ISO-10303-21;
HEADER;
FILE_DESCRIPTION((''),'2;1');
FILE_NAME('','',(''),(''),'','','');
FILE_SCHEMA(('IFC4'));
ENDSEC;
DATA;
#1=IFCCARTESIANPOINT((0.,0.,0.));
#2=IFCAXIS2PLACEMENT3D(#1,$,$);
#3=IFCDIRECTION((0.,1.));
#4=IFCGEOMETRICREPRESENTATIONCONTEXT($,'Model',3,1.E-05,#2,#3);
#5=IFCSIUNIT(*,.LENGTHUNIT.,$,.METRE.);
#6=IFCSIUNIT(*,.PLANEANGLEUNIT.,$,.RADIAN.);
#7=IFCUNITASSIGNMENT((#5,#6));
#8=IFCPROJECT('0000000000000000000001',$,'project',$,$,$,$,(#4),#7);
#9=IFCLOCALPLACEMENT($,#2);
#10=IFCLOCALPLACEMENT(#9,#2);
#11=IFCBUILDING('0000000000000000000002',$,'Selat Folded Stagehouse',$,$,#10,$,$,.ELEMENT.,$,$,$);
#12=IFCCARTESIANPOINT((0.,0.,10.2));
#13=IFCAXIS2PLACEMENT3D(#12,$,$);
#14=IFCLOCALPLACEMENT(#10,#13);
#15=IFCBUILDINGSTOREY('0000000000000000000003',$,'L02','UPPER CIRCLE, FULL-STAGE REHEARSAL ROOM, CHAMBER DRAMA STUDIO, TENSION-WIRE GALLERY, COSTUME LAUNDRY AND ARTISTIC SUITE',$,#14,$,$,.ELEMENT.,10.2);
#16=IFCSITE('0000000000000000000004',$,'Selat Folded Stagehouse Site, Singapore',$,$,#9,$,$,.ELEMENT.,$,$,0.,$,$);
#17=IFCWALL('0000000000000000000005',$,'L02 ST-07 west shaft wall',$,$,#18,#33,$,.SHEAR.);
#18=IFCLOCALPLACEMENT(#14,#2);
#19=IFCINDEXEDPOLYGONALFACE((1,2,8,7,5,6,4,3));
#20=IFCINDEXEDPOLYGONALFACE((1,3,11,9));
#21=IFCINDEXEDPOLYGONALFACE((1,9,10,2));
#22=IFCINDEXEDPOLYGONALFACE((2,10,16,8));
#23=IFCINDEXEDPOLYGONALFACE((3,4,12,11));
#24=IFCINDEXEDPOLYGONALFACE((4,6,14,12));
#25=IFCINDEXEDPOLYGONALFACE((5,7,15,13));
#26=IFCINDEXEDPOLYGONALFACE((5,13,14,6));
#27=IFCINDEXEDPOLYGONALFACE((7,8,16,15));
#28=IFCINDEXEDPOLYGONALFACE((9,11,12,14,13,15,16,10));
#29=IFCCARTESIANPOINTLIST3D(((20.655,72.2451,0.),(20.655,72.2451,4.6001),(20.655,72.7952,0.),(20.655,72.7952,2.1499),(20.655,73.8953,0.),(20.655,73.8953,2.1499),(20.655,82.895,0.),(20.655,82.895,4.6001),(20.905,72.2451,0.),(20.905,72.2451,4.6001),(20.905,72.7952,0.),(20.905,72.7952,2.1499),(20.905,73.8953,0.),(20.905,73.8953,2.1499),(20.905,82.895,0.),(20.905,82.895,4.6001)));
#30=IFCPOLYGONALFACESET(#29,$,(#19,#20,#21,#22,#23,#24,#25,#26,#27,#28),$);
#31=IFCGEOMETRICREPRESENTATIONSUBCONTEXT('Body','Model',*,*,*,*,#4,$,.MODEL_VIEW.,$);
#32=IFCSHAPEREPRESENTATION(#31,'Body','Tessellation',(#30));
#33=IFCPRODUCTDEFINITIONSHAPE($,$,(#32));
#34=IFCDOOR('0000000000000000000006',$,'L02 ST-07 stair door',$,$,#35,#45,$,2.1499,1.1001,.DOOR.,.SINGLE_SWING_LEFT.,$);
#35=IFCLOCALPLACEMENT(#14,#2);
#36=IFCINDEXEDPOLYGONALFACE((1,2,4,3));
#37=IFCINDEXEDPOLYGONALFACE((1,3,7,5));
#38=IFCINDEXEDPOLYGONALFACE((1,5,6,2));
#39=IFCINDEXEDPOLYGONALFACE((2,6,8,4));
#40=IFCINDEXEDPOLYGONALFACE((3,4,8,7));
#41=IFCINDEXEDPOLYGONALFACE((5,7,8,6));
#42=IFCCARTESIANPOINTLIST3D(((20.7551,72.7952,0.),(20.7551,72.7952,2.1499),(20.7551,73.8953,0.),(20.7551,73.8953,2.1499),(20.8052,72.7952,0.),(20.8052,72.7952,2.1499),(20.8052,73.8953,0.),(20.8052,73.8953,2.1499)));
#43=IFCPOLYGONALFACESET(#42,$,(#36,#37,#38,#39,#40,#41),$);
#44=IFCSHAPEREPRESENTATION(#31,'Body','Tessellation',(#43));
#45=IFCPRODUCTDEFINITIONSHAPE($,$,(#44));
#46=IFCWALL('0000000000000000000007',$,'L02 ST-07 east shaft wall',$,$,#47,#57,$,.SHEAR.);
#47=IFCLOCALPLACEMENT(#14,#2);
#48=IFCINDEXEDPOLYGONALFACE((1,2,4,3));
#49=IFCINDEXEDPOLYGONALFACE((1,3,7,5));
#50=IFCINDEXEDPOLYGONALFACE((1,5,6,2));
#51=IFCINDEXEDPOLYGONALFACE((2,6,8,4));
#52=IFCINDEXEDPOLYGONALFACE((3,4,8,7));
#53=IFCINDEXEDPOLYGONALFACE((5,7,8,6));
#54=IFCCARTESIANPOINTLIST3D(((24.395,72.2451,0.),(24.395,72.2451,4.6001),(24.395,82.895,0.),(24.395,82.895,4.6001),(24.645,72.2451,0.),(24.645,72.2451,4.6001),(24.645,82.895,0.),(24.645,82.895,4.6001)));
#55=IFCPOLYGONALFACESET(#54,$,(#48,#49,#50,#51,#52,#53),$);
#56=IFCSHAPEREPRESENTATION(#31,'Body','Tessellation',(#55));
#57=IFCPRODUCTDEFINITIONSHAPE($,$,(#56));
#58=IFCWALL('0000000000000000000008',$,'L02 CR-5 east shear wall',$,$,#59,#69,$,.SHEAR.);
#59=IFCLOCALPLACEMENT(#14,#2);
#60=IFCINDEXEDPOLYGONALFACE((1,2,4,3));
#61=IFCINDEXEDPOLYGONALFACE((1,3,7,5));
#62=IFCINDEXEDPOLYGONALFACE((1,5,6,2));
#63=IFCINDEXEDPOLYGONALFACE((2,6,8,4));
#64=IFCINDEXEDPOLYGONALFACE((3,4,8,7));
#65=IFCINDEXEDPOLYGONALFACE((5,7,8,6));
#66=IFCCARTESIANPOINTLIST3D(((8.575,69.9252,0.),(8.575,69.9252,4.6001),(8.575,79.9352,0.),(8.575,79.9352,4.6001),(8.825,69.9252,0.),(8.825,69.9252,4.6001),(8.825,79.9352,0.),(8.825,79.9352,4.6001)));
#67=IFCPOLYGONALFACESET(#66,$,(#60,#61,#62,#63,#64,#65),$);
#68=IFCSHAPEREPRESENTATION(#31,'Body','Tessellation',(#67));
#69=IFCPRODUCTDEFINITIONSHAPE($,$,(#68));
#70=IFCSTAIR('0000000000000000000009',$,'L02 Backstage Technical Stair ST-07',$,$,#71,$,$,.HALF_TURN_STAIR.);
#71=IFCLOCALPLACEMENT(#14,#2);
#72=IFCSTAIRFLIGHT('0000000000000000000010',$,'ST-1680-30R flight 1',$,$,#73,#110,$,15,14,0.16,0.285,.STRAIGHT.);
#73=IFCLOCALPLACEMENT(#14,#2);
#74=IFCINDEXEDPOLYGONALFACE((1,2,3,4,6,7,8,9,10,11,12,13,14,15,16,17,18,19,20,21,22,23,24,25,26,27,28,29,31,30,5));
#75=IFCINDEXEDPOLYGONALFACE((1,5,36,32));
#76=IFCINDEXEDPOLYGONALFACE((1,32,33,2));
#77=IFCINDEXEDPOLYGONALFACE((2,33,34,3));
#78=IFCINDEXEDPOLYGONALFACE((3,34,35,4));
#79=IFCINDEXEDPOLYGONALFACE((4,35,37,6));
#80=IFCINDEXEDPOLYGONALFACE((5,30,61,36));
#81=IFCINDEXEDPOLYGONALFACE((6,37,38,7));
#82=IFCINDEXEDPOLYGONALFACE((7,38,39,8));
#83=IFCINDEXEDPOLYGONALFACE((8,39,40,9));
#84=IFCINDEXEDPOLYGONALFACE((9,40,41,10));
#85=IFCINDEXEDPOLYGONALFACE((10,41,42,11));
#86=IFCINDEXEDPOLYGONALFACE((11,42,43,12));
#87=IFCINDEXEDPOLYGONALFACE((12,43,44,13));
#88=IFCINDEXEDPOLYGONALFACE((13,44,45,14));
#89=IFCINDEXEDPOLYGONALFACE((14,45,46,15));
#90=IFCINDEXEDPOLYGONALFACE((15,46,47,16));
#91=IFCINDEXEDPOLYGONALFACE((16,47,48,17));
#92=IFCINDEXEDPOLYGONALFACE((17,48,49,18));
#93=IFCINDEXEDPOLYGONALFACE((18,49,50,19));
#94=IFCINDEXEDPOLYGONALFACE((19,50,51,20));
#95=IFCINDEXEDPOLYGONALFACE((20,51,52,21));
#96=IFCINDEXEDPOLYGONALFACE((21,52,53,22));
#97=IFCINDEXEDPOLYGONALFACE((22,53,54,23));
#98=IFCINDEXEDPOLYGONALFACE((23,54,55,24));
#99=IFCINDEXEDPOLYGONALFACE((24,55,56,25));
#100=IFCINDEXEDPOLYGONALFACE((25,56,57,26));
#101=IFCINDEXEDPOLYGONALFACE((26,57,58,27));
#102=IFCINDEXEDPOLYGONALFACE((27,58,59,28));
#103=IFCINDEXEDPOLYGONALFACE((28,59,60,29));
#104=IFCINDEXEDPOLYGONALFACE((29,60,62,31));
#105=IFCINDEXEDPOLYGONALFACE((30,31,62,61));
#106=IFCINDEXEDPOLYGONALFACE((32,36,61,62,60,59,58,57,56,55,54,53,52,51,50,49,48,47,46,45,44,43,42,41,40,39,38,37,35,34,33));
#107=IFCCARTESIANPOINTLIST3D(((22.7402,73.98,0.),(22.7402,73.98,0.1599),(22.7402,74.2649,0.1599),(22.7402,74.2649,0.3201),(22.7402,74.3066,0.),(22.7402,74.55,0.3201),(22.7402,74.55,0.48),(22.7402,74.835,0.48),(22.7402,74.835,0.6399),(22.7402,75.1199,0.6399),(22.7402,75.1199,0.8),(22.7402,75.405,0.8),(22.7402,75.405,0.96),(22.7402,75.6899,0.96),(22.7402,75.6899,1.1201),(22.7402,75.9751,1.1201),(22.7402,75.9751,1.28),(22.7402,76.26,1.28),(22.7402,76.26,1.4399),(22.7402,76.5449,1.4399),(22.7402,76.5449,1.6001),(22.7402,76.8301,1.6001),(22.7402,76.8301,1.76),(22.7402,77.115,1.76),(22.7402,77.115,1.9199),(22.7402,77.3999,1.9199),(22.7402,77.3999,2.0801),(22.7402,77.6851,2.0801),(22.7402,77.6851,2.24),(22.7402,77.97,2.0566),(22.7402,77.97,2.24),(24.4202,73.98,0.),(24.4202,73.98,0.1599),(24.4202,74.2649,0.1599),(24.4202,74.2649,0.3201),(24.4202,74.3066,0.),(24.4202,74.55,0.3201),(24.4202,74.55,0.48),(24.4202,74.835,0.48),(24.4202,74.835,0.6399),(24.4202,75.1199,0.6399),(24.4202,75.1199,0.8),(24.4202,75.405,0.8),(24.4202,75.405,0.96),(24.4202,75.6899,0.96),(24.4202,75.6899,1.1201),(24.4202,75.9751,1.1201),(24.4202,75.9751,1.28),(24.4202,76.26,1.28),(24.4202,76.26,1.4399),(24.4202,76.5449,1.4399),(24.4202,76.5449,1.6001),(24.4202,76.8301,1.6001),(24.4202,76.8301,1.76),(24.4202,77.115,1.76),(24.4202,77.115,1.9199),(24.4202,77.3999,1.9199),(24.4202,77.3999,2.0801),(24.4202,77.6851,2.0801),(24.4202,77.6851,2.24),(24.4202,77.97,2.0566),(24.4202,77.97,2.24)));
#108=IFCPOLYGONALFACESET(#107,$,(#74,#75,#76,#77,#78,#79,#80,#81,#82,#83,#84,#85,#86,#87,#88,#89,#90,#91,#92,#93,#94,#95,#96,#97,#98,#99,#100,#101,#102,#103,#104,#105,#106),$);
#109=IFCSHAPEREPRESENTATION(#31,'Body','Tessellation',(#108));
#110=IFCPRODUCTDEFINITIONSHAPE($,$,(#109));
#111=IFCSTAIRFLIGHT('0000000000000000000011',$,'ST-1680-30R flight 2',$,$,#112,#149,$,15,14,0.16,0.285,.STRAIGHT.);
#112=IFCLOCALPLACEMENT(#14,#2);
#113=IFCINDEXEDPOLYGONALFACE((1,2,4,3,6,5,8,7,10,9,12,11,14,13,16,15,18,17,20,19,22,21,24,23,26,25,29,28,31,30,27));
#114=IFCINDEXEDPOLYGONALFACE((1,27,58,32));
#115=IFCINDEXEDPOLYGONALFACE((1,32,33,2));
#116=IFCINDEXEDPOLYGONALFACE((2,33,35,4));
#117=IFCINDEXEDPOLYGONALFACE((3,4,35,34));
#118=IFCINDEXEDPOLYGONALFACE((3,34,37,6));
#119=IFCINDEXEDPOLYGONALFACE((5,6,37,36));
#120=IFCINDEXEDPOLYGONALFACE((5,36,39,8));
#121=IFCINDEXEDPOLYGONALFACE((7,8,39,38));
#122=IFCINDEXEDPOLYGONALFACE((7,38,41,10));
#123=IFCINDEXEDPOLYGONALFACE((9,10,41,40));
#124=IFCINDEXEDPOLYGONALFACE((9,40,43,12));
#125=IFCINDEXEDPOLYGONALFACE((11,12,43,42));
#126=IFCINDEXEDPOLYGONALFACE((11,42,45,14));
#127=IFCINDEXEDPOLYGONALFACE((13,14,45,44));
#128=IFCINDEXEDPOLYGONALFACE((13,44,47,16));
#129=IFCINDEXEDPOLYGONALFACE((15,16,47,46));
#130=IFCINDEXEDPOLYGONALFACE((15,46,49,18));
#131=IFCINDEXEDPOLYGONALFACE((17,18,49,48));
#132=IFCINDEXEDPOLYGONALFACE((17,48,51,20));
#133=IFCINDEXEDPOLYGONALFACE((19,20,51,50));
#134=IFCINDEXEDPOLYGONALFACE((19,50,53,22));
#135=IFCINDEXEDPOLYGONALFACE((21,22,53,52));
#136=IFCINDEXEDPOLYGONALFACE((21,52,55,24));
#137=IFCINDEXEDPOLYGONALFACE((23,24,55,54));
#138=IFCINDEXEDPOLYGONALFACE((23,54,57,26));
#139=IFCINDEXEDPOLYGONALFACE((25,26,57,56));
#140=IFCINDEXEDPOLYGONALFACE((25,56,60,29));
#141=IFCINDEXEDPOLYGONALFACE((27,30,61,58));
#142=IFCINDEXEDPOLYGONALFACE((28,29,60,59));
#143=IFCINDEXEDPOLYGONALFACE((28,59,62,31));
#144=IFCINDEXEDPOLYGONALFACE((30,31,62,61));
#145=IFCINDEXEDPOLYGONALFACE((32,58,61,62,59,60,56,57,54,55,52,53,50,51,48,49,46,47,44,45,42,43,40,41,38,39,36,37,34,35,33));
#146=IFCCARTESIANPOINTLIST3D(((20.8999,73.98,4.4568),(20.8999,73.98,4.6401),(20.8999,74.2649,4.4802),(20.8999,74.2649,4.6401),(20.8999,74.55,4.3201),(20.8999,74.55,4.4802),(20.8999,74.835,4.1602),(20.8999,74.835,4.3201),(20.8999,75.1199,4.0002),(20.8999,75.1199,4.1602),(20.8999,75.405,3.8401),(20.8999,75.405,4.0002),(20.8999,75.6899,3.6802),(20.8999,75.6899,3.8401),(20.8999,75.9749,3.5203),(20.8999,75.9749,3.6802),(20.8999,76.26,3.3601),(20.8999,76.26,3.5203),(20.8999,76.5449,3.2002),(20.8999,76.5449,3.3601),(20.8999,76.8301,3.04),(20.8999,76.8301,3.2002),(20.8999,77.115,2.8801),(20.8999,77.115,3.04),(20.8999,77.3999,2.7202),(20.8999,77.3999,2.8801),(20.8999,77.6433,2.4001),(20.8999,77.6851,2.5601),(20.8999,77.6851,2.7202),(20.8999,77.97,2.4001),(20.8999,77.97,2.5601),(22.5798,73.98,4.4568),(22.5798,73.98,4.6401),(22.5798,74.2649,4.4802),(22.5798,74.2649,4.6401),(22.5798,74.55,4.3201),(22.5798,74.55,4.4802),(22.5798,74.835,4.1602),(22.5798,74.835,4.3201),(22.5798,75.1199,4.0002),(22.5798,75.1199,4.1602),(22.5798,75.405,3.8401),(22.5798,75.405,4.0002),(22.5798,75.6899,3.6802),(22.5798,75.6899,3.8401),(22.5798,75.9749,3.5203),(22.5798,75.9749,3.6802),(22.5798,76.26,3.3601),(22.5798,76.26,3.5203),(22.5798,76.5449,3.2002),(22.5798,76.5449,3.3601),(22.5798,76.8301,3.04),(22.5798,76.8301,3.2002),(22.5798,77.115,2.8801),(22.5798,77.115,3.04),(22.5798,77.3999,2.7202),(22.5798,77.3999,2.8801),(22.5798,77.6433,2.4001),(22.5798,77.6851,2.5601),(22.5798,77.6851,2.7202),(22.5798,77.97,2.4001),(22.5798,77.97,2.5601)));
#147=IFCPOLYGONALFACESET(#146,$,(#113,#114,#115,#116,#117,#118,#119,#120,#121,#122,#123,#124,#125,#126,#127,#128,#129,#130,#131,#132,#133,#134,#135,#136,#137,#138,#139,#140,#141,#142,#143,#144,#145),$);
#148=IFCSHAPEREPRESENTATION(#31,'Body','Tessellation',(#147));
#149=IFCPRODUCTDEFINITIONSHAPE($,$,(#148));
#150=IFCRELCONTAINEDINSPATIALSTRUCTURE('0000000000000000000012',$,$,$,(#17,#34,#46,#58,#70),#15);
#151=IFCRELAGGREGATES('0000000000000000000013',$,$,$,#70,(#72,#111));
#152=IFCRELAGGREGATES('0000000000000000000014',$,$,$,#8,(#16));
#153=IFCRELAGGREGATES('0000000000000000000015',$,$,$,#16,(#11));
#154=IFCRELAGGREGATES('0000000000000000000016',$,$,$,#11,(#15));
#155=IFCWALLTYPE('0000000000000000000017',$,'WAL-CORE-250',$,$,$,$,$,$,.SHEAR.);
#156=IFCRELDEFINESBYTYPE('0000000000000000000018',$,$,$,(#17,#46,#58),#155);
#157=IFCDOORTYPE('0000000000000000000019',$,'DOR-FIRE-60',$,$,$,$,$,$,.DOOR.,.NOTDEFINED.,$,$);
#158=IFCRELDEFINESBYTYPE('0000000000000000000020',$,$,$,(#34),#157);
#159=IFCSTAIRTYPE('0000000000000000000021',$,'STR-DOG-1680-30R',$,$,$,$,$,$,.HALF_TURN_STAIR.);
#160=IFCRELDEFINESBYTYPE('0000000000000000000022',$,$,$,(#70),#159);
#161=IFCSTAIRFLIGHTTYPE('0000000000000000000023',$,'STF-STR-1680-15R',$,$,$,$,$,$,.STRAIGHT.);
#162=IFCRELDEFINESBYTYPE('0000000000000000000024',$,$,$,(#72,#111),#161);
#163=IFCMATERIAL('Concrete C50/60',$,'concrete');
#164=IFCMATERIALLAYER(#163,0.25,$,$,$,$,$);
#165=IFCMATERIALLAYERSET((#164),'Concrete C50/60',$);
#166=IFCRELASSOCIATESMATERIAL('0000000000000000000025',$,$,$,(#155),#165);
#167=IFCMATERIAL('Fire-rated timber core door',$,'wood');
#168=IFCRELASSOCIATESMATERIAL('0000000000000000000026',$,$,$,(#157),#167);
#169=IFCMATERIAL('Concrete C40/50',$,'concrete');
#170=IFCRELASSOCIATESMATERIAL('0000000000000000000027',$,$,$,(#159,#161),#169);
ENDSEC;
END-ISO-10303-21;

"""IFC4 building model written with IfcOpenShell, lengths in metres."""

from ifc_helpers import new_model, si_unit, direction, frame, frame_2d, origin, place, context, subcontext, project, spatial, polyline, rectangle, outline, extrude, material, layer, layer_set, type_object, element, fill, aggregate, save


model = new_model("IFC4")

# Units and contexts
model_context = context("Model", 3, precision=1e-05, world=origin(), true_north=direction((0.0, 1.0)))
body_context = subcontext(model_context, "Body", "Model", "MODEL_VIEW")
ifc_project = project(units=[si_unit("LENGTHUNIT", "METRE"), si_unit("PLANEANGLEUNIT", "RADIAN")], contexts=[model_context])

# Site, building, storey
site_placement = place(None, origin())
site = spatial("IfcSite", under=ifc_project, at=site_placement, Name="Selat Folded Stagehouse Site, Singapore", CompositionType="ELEMENT", RefElevation=0.0)
building_placement = place(site_placement, origin())
building = spatial("IfcBuilding", under=site, at=building_placement, Name="Selat Folded Stagehouse", CompositionType="ELEMENT")
storey_placement = place(building_placement, frame((0.0, 0.0, 10.2)))
storey = spatial("IfcBuildingStorey", under=building, at=storey_placement, Name="L02", Description="UPPER CIRCLE, FULL-STAGE REHEARSAL ROOM, CHAMBER DRAMA STUDIO, TENSION-WIRE GALLERY, COSTUME LAUNDRY AND ARTISTIC SUITE", CompositionType="ELEMENT", Elevation=10.2)

# Shared definitions
ifc_material_1 = material(Name="Concrete C50/60", Category="concrete")
ifc_layer_1 = layer(ifc_material_1, 0.25)
ifc_layer_set_1 = layer_set([ifc_layer_1], Name="Concrete C50/60")
wall_type = type_object("IfcWallType", Name="WAL-CORE-250", PredefinedType="SHEAR", material=ifc_layer_set_1)

# Wall, opening, door
wall_1_placement = place(storey_placement, frame((20.78, 72.2451, 0.0), z_axis=(0.0, 0.0, 1.0), x_axis=(0.0, 1.0, 0.0)))
wall_1 = element("IfcWall", 1, at=wall_1_placement, inside=storey, type_object=wall_type, Name="L02 ST-07 west shaft wall", PredefinedType="SHEAR", context=body_context, shape_type="SweptSolid", body=[
    extrude(rectangle(XDim=10.6499, YDim=0.25, at=frame_2d((5.325, 0.0))), origin(), (0.0, 0.0, 1.0), 4.6001),
])
opening_placement = place(wall_1_placement, frame((0.55, 0.0, 0.0)))
opening = element("IfcOpeningElement", 2, at=opening_placement, cuts=wall_1, PredefinedType="OPENING", context=body_context, shape_type="SweptSolid", body=[
    extrude(rectangle(XDim=1.1001, YDim=2.1499, at=frame_2d((0.55, 1.075))), frame((0.0, 0.135, 0.0), z_axis=(0.0, -1.0, 0.0), x_axis=(1.0, 0.0, 0.0)), (0.0, 0.0, 1.0), 0.27),
])
ifc_material_2 = material(Name="Fire-rated timber core door", Category="wood")
door_type = type_object("IfcDoorType", Name="DOR-FIRE-60", OperationType="NOTDEFINED", PredefinedType="DOOR", material=ifc_material_2)
door_placement = place(opening_placement, origin())
door = element("IfcDoor", 3, at=door_placement, inside=storey, type_object=door_type, Name="L02 ST-07 stair door", OperationType="SINGLE_SWING_LEFT", OverallHeight=2.1499, OverallWidth=1.1001, PredefinedType="DOOR", context=body_context, shape_type="SweptSolid", body=[
    extrude(rectangle(XDim=1.1001, YDim=2.1499, at=frame_2d((0.55, 1.075))), frame((0.0, 0.0249, 0.0), z_axis=(0.0, -1.0, 0.0), x_axis=(1.0, 0.0, 0.0)), (0.0, 0.0, 1.0), 0.05),
])
fill(opening, door)

# Walls
wall_2_placement = place(storey_placement, frame((24.52, 82.895, 0.0), z_axis=(0.0, 0.0, 1.0), x_axis=(0.0, -1.0, 0.0)))
element("IfcWall", 4, at=wall_2_placement, inside=storey, type_object=wall_type, Name="L02 ST-07 east shaft wall", PredefinedType="SHEAR", context=body_context, shape_type="SweptSolid", body=[
    extrude(rectangle(XDim=10.6499, YDim=0.25, at=frame_2d((5.325, 0.0))), origin(), (0.0, 0.0, 1.0), 4.6001),
])
wall_3_placement = place(storey_placement, frame((8.7, 79.9351, 0.0), z_axis=(0.0, 0.0, 1.0), x_axis=(0.0, -1.0, 0.0)))
element("IfcWall", 5, at=wall_3_placement, inside=storey, type_object=wall_type, Name="L02 CR-5 east shear wall", PredefinedType="SHEAR", context=body_context, shape_type="SweptSolid", body=[
    extrude(rectangle(XDim=10.01, YDim=0.25, at=frame_2d((5.0049, 0.0))), origin(), (0.0, 0.0, 1.0), 4.6001),
])

# Stair, stair flights
ifc_material_3 = material(Name="Concrete C40/50", Category="concrete")
stair_type = type_object("IfcStairType", Name="STR-DOG-1680-30R", PredefinedType="HALF_TURN_STAIR", material=ifc_material_3)
stair_placement = place(storey_placement, origin())
stair = element("IfcStair", 6, at=stair_placement, inside=storey, type_object=stair_type, Name="L02 Backstage Technical Stair ST-07", PredefinedType="HALF_TURN_STAIR")
stair_flight_type = type_object("IfcStairFlightType", Name="STF-STR-1680-15R", PredefinedType="STRAIGHT", material=ifc_material_3)
stair_flight_1_placement = place(storey_placement, frame((23.5801, 73.98, 0.0), z_axis=(0.0, 0.0, 1.0), x_axis=(0.0, 1.0, 0.0)))
stair_flight_1 = element("IfcStairFlight", 7, at=stair_flight_1_placement, type_object=stair_flight_type, Name="ST-1680-30R flight 1", NumberOfRisers=15, NumberOfTreads=14, PredefinedType="STRAIGHT", RiserHeight=0.16, TreadLength=0.285, context=body_context, shape_type="SweptSolid", body=[
    extrude(outline(polyline([(0.0, 0.0), (0.0, 0.1599), (0.2849, 0.1599), (0.2849, 0.3201), (0.5701, 0.3201), (0.5701, 0.48), (0.855, 0.48), (0.855, 0.6399), (1.1399, 0.6399), (1.1399, 0.8), (1.425, 0.8), (1.425, 0.96), (1.71, 0.96), (1.71, 1.1201), (1.9951, 1.1201), (1.9951, 1.28), (2.28, 1.28), (2.28, 1.4399), (2.5649, 1.4399), (2.5649, 1.6001), (2.8501, 1.6001), (2.8501, 1.76), (3.135, 1.76), (3.135, 1.9199), (3.4199, 1.9199), (3.4199, 2.0801), (3.7051, 2.0801), (3.7051, 2.24), (3.99, 2.24), (3.99, 2.3999), (3.99, 2.0566), (0.3267, 0.0), (0.0, 0.0)])), frame((0.0, 0.8398, 0.0), z_axis=(0.0, -1.0, 0.0), x_axis=(1.0, 0.0, 0.0)), (0.0, 0.0, 1.0), 1.6799),
])
stair_flight_2_placement = place(storey_placement, frame((21.74, 77.97, 2.4001), z_axis=(0.0, 0.0, 1.0), x_axis=(0.0, -1.0, 0.0)))
stair_flight_2 = element("IfcStairFlight", 8, at=stair_flight_2_placement, type_object=stair_flight_type, Name="ST-1680-30R flight 2", NumberOfRisers=15, NumberOfTreads=14, PredefinedType="STRAIGHT", RiserHeight=0.16, TreadLength=0.285, context=body_context, shape_type="SweptSolid", body=[
    extrude(outline(polyline([(0.0, 0.0), (0.0, 0.1599), (0.2849, 0.1599), (0.2849, 0.3201), (0.5701, 0.3201), (0.5701, 0.48), (0.855, 0.48), (0.855, 0.6399), (1.1399, 0.6399), (1.1399, 0.8), (1.425, 0.8), (1.425, 0.96), (1.71, 0.96), (1.71, 1.1201), (1.9951, 1.1201), (1.9951, 1.28), (2.28, 1.28), (2.28, 1.4399), (2.5649, 1.4399), (2.5649, 1.6001), (2.8501, 1.6001), (2.8501, 1.76), (3.135, 1.76), (3.135, 1.9199), (3.4199, 1.9199), (3.4199, 2.0801), (3.7051, 2.0801), (3.7051, 2.24), (3.99, 2.24), (3.99, 2.3999), (3.99, 2.0566), (0.3267, 0.0), (0.0, 0.0)])), frame((0.0, 0.8398, 0.0), z_axis=(0.0, -1.0, 0.0), x_axis=(1.0, 0.0, 0.0)), (0.0, 0.0, 1.0), 1.6799),
])
aggregate(stair, [stair_flight_1, stair_flight_2])

save(model, "model.ifc")
